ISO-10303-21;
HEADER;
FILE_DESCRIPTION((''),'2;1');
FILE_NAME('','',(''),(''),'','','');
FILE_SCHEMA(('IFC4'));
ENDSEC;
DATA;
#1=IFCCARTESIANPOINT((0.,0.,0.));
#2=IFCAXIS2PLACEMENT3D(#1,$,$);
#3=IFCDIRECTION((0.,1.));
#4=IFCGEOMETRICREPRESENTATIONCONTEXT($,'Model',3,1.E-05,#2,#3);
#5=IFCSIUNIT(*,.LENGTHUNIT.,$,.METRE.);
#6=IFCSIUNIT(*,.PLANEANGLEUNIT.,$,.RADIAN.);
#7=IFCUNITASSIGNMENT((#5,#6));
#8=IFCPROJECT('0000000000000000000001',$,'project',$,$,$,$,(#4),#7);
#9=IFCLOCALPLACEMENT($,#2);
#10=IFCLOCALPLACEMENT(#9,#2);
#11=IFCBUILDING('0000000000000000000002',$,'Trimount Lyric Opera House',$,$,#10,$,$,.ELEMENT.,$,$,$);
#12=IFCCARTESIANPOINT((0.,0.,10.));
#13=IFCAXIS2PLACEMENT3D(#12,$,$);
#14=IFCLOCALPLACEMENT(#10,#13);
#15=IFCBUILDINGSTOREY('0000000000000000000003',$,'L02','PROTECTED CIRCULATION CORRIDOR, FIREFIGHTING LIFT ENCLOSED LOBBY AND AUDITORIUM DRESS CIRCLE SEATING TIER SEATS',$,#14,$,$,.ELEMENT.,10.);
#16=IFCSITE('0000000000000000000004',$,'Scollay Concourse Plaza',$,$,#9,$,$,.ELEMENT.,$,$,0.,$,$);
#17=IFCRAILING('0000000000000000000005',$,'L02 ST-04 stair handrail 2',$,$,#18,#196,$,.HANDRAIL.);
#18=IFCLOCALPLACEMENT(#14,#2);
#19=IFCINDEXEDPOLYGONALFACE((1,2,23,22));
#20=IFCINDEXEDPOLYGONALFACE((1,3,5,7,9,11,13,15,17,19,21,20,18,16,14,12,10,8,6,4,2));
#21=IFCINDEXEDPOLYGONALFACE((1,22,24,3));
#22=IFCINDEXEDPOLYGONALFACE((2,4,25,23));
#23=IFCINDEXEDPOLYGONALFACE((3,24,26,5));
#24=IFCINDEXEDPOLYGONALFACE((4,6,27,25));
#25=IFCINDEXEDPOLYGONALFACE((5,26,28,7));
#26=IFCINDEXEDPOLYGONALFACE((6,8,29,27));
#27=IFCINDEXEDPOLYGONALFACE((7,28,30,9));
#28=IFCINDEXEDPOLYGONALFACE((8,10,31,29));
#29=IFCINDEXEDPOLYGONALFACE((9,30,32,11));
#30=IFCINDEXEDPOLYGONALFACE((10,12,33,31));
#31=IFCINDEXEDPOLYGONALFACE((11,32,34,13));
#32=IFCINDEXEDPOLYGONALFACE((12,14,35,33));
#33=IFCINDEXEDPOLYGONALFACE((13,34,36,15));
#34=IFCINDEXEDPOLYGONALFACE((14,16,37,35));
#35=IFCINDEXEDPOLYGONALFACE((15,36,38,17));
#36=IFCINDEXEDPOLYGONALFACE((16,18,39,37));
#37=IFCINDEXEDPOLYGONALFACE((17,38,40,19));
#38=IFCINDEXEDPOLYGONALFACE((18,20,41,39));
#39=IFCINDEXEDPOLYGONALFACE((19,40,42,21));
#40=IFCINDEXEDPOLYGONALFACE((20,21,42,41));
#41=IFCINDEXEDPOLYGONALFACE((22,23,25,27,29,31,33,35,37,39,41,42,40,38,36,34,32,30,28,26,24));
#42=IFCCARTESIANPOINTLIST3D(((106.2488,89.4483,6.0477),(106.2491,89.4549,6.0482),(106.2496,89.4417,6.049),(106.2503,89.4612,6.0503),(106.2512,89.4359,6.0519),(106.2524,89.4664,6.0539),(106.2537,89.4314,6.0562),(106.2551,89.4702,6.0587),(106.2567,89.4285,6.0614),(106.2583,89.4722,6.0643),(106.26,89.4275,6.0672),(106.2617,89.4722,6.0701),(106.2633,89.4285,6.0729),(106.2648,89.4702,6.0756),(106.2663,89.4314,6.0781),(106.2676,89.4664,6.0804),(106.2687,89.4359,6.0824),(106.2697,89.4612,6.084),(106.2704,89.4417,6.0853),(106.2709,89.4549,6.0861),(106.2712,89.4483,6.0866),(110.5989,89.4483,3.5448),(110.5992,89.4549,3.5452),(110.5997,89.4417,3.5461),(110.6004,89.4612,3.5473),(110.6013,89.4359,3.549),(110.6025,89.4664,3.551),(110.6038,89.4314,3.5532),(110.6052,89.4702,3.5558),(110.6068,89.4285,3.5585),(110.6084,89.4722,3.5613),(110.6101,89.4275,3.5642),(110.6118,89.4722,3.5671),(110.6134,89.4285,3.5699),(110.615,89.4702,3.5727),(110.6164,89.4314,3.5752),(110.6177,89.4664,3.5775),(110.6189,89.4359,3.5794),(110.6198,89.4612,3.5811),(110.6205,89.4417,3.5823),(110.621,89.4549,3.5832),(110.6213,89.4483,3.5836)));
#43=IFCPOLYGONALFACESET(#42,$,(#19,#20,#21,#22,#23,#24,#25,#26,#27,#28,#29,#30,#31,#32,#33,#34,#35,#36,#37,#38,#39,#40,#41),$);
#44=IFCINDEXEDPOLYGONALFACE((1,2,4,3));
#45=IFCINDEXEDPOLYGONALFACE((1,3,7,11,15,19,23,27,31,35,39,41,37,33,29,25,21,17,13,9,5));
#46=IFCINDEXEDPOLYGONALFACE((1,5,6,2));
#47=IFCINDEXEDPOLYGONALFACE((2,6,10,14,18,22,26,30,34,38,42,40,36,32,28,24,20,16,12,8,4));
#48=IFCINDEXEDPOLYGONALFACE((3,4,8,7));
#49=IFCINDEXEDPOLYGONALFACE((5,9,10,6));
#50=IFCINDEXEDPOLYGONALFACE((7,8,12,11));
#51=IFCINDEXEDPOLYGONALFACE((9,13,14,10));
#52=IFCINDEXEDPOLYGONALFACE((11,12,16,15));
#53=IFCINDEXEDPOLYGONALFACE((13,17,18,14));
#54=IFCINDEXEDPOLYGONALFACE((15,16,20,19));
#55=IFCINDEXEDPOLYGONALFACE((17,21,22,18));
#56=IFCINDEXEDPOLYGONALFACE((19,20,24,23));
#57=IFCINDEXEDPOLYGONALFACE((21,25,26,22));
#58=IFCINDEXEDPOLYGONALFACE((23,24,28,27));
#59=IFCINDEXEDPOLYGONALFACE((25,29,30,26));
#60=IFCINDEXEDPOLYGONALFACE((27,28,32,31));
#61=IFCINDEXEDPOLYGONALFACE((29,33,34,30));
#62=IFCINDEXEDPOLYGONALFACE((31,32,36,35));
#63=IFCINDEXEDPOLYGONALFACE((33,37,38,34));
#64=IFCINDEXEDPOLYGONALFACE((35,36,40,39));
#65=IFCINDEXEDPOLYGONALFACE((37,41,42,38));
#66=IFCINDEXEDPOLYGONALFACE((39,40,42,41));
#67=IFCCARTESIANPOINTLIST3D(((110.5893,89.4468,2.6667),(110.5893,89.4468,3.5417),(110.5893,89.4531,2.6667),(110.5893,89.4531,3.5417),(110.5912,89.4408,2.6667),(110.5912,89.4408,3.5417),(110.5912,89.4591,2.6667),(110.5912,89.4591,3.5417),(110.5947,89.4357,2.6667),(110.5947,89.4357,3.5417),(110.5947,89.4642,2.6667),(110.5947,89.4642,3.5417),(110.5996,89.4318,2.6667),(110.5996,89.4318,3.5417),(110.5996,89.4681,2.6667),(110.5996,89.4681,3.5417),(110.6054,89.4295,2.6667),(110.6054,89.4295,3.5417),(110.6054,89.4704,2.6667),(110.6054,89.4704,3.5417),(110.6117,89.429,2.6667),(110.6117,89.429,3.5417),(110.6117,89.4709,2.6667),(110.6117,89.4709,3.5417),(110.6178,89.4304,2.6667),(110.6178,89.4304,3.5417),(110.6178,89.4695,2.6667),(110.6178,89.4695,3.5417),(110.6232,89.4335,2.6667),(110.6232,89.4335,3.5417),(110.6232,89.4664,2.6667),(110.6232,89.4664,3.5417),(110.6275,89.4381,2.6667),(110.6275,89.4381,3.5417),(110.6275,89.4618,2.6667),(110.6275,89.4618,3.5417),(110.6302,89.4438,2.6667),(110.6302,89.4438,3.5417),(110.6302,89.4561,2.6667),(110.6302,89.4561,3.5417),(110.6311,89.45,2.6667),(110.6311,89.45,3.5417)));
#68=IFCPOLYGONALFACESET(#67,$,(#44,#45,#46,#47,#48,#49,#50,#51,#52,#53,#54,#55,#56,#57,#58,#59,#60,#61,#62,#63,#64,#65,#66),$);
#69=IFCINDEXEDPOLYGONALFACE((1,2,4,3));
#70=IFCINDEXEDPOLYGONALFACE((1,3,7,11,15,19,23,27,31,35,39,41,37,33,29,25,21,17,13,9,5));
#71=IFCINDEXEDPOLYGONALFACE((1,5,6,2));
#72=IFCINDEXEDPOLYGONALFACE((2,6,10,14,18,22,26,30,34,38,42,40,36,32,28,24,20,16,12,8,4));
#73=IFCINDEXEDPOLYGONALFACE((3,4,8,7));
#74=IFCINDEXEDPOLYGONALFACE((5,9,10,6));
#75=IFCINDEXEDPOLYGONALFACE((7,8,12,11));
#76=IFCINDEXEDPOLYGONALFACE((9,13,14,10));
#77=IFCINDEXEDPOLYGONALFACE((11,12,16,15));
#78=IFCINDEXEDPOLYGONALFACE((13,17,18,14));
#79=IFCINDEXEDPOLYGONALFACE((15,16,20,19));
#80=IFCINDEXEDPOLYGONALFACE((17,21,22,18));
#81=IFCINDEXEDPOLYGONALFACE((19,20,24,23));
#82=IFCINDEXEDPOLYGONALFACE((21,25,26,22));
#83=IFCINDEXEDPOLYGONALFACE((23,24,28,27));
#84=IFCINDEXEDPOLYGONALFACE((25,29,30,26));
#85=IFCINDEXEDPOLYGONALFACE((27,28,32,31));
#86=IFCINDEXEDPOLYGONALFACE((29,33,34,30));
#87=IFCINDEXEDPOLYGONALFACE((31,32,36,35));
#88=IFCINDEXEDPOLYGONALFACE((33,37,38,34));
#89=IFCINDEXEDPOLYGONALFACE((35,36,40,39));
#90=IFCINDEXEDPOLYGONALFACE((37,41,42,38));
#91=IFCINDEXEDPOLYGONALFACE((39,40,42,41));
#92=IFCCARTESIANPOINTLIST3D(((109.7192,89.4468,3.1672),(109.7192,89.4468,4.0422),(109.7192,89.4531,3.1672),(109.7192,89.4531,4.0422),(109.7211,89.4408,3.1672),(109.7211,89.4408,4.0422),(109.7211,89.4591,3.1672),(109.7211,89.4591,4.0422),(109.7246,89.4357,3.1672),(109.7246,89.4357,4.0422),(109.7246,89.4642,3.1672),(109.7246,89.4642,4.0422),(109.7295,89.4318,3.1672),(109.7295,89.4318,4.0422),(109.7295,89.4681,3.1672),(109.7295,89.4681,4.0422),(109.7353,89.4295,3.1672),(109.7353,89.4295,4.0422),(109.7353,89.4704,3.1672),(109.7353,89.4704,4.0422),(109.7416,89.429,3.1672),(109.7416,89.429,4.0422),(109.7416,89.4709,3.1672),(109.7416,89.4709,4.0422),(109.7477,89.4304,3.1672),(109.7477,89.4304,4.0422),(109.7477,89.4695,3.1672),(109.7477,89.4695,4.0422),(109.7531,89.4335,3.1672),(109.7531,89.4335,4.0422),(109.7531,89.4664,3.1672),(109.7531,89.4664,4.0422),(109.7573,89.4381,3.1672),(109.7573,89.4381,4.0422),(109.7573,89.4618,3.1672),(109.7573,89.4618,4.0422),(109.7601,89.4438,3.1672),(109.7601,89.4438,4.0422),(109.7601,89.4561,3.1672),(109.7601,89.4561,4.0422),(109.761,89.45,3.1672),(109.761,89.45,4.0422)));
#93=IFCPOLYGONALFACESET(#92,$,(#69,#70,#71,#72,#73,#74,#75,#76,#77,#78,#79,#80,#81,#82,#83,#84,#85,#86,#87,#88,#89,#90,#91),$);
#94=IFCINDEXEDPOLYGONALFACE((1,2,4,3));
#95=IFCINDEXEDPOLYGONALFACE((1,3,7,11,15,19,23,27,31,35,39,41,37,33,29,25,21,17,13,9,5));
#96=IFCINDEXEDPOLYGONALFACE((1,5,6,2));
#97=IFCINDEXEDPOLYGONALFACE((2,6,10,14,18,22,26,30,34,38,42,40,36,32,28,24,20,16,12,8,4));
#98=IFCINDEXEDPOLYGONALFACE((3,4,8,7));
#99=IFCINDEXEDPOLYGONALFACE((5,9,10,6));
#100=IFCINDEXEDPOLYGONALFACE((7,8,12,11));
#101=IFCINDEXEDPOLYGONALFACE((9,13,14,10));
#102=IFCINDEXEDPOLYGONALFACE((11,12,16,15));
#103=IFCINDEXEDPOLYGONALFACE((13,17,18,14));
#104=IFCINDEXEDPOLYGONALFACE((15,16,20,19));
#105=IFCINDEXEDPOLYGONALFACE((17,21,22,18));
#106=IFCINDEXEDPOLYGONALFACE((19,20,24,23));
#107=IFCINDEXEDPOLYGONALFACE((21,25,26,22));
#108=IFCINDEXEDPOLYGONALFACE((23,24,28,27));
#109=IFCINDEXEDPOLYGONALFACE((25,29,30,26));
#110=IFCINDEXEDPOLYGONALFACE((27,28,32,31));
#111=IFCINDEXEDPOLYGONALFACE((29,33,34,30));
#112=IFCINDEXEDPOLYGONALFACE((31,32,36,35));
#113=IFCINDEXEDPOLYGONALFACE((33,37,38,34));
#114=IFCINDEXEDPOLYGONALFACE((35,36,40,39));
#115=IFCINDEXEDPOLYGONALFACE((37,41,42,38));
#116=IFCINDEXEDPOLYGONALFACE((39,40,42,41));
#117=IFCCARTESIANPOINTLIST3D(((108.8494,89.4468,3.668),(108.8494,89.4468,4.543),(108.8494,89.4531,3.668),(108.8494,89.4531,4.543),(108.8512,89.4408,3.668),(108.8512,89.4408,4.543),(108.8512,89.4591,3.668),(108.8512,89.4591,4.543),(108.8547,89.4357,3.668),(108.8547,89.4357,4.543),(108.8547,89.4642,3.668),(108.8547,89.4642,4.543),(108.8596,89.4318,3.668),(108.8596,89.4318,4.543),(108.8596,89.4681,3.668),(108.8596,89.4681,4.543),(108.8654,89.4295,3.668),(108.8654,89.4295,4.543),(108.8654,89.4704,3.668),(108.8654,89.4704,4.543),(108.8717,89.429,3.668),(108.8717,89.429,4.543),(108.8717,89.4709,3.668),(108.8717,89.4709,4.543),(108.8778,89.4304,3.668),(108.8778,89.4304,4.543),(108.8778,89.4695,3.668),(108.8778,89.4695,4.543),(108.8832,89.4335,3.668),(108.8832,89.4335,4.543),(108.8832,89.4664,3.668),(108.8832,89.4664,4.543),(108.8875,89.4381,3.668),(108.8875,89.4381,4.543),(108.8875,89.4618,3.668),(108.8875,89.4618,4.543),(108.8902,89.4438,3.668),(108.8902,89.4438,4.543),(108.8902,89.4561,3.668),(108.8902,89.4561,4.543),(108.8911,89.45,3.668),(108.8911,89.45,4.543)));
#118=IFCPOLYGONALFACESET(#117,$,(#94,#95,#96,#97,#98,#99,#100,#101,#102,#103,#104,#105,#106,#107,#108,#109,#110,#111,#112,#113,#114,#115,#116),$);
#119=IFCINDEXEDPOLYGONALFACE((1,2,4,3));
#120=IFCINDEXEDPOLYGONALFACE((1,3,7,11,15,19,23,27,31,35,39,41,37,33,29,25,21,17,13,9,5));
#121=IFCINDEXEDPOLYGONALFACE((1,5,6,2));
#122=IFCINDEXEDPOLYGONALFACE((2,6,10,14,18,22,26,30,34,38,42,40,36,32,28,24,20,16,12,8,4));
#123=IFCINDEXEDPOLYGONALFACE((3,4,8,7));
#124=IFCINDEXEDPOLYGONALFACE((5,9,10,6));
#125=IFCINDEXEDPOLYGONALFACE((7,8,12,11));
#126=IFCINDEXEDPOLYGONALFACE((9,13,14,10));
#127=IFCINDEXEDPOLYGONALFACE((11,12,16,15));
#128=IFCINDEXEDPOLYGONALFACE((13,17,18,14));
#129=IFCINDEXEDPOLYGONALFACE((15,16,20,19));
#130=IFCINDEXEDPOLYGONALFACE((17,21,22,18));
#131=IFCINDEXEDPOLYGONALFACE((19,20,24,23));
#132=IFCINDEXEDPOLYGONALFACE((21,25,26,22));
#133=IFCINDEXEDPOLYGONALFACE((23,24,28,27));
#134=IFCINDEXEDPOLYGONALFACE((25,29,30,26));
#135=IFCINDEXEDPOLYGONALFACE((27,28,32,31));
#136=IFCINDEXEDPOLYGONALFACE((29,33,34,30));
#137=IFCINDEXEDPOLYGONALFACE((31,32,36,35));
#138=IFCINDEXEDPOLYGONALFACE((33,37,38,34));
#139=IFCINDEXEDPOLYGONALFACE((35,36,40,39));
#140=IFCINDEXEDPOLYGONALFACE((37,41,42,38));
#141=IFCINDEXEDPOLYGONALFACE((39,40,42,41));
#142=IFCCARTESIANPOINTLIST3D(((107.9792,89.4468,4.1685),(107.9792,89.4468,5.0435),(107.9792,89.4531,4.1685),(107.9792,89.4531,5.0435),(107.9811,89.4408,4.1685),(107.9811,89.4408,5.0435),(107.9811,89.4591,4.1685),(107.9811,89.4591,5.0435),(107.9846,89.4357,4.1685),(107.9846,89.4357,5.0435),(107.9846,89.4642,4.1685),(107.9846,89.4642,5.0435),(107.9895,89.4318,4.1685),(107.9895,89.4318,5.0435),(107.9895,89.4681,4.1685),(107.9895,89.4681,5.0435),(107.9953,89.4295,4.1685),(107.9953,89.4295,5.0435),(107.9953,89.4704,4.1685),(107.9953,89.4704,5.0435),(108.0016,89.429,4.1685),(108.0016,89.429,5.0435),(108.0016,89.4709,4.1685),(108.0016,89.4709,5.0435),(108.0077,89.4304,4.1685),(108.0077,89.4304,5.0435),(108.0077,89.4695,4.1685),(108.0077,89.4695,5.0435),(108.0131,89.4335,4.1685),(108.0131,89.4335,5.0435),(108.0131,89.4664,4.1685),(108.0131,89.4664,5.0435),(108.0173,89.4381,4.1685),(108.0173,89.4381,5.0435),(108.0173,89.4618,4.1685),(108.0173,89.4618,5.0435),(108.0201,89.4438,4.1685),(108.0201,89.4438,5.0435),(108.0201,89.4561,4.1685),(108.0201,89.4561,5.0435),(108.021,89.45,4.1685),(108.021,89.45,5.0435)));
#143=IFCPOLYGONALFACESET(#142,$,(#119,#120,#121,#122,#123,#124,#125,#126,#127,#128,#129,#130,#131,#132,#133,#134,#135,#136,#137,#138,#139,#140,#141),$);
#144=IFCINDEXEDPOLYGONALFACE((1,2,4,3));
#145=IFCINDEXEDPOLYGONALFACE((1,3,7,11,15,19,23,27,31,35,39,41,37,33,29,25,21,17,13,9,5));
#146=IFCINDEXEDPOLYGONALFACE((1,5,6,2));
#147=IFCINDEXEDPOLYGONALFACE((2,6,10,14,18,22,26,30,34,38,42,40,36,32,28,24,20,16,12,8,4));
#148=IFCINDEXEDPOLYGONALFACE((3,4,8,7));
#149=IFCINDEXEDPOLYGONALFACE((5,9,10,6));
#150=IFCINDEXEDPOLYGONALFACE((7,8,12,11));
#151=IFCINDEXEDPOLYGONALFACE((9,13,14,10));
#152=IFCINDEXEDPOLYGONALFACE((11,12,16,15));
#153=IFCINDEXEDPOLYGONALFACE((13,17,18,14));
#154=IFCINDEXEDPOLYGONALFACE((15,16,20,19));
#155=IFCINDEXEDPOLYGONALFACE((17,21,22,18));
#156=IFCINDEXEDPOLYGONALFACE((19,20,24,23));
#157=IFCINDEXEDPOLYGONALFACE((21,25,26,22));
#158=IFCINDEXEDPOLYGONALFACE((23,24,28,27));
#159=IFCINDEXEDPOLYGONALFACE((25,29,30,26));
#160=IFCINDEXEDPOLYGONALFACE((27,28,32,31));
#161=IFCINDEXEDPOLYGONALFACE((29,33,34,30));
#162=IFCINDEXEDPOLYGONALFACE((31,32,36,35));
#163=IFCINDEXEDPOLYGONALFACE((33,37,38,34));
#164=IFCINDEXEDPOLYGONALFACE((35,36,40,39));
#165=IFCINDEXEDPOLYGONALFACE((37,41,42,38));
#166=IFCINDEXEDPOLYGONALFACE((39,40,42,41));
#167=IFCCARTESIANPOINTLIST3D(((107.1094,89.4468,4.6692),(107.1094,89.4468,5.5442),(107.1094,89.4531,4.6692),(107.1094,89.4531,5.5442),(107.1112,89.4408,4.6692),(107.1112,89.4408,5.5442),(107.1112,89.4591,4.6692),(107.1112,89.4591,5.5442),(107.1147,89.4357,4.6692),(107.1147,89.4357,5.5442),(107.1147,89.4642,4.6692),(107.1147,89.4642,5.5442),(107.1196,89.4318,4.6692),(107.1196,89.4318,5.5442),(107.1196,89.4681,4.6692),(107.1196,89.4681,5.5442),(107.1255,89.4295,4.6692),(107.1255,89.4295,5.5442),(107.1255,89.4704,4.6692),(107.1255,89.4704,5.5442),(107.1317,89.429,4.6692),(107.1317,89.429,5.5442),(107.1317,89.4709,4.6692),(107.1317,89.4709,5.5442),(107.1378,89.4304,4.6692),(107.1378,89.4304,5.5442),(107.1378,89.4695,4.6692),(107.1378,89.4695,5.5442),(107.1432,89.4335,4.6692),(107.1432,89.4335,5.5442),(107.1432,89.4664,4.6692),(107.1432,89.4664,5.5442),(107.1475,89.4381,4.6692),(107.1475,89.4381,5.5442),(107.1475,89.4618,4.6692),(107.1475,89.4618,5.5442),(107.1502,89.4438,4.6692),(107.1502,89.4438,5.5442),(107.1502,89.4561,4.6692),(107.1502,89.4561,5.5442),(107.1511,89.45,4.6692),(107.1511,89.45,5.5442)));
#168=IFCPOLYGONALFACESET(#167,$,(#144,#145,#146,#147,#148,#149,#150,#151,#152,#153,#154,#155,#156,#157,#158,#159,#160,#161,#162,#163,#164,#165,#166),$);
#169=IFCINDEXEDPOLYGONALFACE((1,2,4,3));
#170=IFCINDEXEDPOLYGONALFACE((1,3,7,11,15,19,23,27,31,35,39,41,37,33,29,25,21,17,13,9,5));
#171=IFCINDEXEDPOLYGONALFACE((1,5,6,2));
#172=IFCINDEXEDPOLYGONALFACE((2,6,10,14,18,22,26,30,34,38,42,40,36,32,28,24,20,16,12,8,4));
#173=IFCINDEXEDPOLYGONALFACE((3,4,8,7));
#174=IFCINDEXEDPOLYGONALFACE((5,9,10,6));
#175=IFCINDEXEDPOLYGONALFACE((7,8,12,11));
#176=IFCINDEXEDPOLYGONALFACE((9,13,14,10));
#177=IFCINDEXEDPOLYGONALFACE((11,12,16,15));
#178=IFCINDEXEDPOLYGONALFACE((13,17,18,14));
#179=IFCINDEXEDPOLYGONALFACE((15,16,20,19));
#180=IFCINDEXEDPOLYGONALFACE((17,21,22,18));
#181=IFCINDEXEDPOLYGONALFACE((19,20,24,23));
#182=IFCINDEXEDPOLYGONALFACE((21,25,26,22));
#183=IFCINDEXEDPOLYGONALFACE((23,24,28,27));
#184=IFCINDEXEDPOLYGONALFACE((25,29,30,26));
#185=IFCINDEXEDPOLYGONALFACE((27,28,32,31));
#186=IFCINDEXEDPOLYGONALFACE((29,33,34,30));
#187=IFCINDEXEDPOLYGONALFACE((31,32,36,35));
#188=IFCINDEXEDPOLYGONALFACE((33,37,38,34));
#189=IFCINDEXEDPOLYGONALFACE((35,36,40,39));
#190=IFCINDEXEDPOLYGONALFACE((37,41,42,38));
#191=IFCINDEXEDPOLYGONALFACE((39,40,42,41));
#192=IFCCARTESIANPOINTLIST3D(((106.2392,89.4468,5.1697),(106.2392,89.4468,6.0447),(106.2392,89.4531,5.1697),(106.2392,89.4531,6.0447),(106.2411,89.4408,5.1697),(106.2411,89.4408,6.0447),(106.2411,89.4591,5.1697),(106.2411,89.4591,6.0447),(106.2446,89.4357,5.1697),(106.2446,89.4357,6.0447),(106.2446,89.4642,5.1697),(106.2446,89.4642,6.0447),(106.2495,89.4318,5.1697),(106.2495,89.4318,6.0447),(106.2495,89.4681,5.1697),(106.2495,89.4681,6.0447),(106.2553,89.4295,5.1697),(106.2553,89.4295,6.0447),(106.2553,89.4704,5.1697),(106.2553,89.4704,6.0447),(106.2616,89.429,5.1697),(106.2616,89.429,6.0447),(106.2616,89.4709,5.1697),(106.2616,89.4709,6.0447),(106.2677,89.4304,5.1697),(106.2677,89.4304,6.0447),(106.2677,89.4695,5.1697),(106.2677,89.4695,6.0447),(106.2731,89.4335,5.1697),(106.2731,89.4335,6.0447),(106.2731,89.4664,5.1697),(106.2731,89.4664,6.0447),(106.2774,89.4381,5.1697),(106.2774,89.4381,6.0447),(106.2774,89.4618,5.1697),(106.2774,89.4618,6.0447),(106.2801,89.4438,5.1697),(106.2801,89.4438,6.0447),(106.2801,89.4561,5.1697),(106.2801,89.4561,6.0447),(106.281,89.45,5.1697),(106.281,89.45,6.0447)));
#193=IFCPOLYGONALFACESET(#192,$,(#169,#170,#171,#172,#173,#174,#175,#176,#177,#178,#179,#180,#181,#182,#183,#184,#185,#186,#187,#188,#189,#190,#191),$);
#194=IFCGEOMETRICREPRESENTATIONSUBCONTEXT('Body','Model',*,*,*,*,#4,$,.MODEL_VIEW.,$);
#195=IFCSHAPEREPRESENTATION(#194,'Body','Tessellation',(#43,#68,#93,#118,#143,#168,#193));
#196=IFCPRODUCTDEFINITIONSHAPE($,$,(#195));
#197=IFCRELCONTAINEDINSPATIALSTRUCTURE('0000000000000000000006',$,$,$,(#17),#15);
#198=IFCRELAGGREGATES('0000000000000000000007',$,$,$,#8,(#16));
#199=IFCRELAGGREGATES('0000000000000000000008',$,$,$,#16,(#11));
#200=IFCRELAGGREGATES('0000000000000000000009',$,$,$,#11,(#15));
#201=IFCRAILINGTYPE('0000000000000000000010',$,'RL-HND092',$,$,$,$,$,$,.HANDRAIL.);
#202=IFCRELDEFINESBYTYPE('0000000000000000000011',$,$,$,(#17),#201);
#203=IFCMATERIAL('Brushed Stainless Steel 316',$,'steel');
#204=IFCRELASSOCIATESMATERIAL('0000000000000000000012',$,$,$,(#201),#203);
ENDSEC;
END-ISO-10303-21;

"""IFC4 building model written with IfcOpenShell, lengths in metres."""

from ifc_helpers import new_model, si_unit, direction, frame, origin, origin_2d, place, context, subcontext, project, spatial, circle, extrude, material, type_object, element, save


model = new_model("IFC4")

# Units and contexts
model_context = context("Model", 3, precision=1e-05, world=origin(), true_north=direction((0.0, 1.0)))
body_context = subcontext(model_context, "Body", "Model", "MODEL_VIEW")
ifc_project = project(units=[si_unit("LENGTHUNIT", "METRE"), si_unit("PLANEANGLEUNIT", "RADIAN")], contexts=[model_context])

# Site, building, storey
site_placement = place(None, origin())
site = spatial("IfcSite", under=ifc_project, at=site_placement, Name="Scollay Concourse Plaza", CompositionType="ELEMENT", RefElevation=0.0)
building_placement = place(site_placement, origin())
building = spatial("IfcBuilding", under=site, at=building_placement, Name="Trimount Lyric Opera House", CompositionType="ELEMENT")
storey_placement = place(building_placement, frame((0.0, 0.0, 10.0)))
storey = spatial("IfcBuildingStorey", under=building, at=storey_placement, Name="L02", Description="PROTECTED CIRCULATION CORRIDOR, FIREFIGHTING LIFT ENCLOSED LOBBY AND AUDITORIUM DRESS CIRCLE SEATING TIER SEATS", CompositionType="ELEMENT", Elevation=10.0)

# Railing
ifc_material_1 = material(Name="Brushed Stainless Steel 316", Category="steel")
railing_type_1 = type_object("IfcRailingType", Name="RL-HND092", PredefinedType="HANDRAIL", material=ifc_material_1)
railing_1_placement = place(storey_placement, frame((110.6101, 89.45, 2.6667)))
element("IfcRailing", 1, at=railing_1_placement, inside=storey, type_object=railing_type_1, Name="L02 ST-04 stair handrail 2", PredefinedType="HANDRAIL", context=body_context, shape_type="SweptSolid", body=[
    extrude(circle(Radius=0.0225, at=origin_2d()), frame((0.0, 0.0, 0.8975), z_axis=(-0.866766, 0.0, 0.498714), x_axis=(0.0, -1.0, 0.0)), (0.0, 0.0, 1.0), 5.0188),
    extrude(circle(Radius=0.021, at=origin_2d()), origin(), (0.0, 0.0, 1.0), 0.875),
    extrude(circle(Radius=0.021, at=origin_2d()), frame((-0.8701, 0.0, 0.5005)), (0.0, 0.0, 1.0), 0.875),
    extrude(circle(Radius=0.021, at=origin_2d()), frame((-1.74, 0.0, 1.0012)), (0.0, 0.0, 1.0), 0.875),
    extrude(circle(Radius=0.021, at=origin_2d()), frame((-2.6101, 0.0, 1.5017)), (0.0, 0.0, 1.0), 0.875),
    extrude(circle(Radius=0.021, at=origin_2d()), frame((-3.48, 0.0, 2.0024)), (0.0, 0.0, 1.0), 0.875),
    extrude(circle(Radius=0.021, at=origin_2d()), frame((-4.3501, 0.0, 2.5029)), (0.0, 0.0, 1.0), 0.875),
])

save(model, "model.ifc")
